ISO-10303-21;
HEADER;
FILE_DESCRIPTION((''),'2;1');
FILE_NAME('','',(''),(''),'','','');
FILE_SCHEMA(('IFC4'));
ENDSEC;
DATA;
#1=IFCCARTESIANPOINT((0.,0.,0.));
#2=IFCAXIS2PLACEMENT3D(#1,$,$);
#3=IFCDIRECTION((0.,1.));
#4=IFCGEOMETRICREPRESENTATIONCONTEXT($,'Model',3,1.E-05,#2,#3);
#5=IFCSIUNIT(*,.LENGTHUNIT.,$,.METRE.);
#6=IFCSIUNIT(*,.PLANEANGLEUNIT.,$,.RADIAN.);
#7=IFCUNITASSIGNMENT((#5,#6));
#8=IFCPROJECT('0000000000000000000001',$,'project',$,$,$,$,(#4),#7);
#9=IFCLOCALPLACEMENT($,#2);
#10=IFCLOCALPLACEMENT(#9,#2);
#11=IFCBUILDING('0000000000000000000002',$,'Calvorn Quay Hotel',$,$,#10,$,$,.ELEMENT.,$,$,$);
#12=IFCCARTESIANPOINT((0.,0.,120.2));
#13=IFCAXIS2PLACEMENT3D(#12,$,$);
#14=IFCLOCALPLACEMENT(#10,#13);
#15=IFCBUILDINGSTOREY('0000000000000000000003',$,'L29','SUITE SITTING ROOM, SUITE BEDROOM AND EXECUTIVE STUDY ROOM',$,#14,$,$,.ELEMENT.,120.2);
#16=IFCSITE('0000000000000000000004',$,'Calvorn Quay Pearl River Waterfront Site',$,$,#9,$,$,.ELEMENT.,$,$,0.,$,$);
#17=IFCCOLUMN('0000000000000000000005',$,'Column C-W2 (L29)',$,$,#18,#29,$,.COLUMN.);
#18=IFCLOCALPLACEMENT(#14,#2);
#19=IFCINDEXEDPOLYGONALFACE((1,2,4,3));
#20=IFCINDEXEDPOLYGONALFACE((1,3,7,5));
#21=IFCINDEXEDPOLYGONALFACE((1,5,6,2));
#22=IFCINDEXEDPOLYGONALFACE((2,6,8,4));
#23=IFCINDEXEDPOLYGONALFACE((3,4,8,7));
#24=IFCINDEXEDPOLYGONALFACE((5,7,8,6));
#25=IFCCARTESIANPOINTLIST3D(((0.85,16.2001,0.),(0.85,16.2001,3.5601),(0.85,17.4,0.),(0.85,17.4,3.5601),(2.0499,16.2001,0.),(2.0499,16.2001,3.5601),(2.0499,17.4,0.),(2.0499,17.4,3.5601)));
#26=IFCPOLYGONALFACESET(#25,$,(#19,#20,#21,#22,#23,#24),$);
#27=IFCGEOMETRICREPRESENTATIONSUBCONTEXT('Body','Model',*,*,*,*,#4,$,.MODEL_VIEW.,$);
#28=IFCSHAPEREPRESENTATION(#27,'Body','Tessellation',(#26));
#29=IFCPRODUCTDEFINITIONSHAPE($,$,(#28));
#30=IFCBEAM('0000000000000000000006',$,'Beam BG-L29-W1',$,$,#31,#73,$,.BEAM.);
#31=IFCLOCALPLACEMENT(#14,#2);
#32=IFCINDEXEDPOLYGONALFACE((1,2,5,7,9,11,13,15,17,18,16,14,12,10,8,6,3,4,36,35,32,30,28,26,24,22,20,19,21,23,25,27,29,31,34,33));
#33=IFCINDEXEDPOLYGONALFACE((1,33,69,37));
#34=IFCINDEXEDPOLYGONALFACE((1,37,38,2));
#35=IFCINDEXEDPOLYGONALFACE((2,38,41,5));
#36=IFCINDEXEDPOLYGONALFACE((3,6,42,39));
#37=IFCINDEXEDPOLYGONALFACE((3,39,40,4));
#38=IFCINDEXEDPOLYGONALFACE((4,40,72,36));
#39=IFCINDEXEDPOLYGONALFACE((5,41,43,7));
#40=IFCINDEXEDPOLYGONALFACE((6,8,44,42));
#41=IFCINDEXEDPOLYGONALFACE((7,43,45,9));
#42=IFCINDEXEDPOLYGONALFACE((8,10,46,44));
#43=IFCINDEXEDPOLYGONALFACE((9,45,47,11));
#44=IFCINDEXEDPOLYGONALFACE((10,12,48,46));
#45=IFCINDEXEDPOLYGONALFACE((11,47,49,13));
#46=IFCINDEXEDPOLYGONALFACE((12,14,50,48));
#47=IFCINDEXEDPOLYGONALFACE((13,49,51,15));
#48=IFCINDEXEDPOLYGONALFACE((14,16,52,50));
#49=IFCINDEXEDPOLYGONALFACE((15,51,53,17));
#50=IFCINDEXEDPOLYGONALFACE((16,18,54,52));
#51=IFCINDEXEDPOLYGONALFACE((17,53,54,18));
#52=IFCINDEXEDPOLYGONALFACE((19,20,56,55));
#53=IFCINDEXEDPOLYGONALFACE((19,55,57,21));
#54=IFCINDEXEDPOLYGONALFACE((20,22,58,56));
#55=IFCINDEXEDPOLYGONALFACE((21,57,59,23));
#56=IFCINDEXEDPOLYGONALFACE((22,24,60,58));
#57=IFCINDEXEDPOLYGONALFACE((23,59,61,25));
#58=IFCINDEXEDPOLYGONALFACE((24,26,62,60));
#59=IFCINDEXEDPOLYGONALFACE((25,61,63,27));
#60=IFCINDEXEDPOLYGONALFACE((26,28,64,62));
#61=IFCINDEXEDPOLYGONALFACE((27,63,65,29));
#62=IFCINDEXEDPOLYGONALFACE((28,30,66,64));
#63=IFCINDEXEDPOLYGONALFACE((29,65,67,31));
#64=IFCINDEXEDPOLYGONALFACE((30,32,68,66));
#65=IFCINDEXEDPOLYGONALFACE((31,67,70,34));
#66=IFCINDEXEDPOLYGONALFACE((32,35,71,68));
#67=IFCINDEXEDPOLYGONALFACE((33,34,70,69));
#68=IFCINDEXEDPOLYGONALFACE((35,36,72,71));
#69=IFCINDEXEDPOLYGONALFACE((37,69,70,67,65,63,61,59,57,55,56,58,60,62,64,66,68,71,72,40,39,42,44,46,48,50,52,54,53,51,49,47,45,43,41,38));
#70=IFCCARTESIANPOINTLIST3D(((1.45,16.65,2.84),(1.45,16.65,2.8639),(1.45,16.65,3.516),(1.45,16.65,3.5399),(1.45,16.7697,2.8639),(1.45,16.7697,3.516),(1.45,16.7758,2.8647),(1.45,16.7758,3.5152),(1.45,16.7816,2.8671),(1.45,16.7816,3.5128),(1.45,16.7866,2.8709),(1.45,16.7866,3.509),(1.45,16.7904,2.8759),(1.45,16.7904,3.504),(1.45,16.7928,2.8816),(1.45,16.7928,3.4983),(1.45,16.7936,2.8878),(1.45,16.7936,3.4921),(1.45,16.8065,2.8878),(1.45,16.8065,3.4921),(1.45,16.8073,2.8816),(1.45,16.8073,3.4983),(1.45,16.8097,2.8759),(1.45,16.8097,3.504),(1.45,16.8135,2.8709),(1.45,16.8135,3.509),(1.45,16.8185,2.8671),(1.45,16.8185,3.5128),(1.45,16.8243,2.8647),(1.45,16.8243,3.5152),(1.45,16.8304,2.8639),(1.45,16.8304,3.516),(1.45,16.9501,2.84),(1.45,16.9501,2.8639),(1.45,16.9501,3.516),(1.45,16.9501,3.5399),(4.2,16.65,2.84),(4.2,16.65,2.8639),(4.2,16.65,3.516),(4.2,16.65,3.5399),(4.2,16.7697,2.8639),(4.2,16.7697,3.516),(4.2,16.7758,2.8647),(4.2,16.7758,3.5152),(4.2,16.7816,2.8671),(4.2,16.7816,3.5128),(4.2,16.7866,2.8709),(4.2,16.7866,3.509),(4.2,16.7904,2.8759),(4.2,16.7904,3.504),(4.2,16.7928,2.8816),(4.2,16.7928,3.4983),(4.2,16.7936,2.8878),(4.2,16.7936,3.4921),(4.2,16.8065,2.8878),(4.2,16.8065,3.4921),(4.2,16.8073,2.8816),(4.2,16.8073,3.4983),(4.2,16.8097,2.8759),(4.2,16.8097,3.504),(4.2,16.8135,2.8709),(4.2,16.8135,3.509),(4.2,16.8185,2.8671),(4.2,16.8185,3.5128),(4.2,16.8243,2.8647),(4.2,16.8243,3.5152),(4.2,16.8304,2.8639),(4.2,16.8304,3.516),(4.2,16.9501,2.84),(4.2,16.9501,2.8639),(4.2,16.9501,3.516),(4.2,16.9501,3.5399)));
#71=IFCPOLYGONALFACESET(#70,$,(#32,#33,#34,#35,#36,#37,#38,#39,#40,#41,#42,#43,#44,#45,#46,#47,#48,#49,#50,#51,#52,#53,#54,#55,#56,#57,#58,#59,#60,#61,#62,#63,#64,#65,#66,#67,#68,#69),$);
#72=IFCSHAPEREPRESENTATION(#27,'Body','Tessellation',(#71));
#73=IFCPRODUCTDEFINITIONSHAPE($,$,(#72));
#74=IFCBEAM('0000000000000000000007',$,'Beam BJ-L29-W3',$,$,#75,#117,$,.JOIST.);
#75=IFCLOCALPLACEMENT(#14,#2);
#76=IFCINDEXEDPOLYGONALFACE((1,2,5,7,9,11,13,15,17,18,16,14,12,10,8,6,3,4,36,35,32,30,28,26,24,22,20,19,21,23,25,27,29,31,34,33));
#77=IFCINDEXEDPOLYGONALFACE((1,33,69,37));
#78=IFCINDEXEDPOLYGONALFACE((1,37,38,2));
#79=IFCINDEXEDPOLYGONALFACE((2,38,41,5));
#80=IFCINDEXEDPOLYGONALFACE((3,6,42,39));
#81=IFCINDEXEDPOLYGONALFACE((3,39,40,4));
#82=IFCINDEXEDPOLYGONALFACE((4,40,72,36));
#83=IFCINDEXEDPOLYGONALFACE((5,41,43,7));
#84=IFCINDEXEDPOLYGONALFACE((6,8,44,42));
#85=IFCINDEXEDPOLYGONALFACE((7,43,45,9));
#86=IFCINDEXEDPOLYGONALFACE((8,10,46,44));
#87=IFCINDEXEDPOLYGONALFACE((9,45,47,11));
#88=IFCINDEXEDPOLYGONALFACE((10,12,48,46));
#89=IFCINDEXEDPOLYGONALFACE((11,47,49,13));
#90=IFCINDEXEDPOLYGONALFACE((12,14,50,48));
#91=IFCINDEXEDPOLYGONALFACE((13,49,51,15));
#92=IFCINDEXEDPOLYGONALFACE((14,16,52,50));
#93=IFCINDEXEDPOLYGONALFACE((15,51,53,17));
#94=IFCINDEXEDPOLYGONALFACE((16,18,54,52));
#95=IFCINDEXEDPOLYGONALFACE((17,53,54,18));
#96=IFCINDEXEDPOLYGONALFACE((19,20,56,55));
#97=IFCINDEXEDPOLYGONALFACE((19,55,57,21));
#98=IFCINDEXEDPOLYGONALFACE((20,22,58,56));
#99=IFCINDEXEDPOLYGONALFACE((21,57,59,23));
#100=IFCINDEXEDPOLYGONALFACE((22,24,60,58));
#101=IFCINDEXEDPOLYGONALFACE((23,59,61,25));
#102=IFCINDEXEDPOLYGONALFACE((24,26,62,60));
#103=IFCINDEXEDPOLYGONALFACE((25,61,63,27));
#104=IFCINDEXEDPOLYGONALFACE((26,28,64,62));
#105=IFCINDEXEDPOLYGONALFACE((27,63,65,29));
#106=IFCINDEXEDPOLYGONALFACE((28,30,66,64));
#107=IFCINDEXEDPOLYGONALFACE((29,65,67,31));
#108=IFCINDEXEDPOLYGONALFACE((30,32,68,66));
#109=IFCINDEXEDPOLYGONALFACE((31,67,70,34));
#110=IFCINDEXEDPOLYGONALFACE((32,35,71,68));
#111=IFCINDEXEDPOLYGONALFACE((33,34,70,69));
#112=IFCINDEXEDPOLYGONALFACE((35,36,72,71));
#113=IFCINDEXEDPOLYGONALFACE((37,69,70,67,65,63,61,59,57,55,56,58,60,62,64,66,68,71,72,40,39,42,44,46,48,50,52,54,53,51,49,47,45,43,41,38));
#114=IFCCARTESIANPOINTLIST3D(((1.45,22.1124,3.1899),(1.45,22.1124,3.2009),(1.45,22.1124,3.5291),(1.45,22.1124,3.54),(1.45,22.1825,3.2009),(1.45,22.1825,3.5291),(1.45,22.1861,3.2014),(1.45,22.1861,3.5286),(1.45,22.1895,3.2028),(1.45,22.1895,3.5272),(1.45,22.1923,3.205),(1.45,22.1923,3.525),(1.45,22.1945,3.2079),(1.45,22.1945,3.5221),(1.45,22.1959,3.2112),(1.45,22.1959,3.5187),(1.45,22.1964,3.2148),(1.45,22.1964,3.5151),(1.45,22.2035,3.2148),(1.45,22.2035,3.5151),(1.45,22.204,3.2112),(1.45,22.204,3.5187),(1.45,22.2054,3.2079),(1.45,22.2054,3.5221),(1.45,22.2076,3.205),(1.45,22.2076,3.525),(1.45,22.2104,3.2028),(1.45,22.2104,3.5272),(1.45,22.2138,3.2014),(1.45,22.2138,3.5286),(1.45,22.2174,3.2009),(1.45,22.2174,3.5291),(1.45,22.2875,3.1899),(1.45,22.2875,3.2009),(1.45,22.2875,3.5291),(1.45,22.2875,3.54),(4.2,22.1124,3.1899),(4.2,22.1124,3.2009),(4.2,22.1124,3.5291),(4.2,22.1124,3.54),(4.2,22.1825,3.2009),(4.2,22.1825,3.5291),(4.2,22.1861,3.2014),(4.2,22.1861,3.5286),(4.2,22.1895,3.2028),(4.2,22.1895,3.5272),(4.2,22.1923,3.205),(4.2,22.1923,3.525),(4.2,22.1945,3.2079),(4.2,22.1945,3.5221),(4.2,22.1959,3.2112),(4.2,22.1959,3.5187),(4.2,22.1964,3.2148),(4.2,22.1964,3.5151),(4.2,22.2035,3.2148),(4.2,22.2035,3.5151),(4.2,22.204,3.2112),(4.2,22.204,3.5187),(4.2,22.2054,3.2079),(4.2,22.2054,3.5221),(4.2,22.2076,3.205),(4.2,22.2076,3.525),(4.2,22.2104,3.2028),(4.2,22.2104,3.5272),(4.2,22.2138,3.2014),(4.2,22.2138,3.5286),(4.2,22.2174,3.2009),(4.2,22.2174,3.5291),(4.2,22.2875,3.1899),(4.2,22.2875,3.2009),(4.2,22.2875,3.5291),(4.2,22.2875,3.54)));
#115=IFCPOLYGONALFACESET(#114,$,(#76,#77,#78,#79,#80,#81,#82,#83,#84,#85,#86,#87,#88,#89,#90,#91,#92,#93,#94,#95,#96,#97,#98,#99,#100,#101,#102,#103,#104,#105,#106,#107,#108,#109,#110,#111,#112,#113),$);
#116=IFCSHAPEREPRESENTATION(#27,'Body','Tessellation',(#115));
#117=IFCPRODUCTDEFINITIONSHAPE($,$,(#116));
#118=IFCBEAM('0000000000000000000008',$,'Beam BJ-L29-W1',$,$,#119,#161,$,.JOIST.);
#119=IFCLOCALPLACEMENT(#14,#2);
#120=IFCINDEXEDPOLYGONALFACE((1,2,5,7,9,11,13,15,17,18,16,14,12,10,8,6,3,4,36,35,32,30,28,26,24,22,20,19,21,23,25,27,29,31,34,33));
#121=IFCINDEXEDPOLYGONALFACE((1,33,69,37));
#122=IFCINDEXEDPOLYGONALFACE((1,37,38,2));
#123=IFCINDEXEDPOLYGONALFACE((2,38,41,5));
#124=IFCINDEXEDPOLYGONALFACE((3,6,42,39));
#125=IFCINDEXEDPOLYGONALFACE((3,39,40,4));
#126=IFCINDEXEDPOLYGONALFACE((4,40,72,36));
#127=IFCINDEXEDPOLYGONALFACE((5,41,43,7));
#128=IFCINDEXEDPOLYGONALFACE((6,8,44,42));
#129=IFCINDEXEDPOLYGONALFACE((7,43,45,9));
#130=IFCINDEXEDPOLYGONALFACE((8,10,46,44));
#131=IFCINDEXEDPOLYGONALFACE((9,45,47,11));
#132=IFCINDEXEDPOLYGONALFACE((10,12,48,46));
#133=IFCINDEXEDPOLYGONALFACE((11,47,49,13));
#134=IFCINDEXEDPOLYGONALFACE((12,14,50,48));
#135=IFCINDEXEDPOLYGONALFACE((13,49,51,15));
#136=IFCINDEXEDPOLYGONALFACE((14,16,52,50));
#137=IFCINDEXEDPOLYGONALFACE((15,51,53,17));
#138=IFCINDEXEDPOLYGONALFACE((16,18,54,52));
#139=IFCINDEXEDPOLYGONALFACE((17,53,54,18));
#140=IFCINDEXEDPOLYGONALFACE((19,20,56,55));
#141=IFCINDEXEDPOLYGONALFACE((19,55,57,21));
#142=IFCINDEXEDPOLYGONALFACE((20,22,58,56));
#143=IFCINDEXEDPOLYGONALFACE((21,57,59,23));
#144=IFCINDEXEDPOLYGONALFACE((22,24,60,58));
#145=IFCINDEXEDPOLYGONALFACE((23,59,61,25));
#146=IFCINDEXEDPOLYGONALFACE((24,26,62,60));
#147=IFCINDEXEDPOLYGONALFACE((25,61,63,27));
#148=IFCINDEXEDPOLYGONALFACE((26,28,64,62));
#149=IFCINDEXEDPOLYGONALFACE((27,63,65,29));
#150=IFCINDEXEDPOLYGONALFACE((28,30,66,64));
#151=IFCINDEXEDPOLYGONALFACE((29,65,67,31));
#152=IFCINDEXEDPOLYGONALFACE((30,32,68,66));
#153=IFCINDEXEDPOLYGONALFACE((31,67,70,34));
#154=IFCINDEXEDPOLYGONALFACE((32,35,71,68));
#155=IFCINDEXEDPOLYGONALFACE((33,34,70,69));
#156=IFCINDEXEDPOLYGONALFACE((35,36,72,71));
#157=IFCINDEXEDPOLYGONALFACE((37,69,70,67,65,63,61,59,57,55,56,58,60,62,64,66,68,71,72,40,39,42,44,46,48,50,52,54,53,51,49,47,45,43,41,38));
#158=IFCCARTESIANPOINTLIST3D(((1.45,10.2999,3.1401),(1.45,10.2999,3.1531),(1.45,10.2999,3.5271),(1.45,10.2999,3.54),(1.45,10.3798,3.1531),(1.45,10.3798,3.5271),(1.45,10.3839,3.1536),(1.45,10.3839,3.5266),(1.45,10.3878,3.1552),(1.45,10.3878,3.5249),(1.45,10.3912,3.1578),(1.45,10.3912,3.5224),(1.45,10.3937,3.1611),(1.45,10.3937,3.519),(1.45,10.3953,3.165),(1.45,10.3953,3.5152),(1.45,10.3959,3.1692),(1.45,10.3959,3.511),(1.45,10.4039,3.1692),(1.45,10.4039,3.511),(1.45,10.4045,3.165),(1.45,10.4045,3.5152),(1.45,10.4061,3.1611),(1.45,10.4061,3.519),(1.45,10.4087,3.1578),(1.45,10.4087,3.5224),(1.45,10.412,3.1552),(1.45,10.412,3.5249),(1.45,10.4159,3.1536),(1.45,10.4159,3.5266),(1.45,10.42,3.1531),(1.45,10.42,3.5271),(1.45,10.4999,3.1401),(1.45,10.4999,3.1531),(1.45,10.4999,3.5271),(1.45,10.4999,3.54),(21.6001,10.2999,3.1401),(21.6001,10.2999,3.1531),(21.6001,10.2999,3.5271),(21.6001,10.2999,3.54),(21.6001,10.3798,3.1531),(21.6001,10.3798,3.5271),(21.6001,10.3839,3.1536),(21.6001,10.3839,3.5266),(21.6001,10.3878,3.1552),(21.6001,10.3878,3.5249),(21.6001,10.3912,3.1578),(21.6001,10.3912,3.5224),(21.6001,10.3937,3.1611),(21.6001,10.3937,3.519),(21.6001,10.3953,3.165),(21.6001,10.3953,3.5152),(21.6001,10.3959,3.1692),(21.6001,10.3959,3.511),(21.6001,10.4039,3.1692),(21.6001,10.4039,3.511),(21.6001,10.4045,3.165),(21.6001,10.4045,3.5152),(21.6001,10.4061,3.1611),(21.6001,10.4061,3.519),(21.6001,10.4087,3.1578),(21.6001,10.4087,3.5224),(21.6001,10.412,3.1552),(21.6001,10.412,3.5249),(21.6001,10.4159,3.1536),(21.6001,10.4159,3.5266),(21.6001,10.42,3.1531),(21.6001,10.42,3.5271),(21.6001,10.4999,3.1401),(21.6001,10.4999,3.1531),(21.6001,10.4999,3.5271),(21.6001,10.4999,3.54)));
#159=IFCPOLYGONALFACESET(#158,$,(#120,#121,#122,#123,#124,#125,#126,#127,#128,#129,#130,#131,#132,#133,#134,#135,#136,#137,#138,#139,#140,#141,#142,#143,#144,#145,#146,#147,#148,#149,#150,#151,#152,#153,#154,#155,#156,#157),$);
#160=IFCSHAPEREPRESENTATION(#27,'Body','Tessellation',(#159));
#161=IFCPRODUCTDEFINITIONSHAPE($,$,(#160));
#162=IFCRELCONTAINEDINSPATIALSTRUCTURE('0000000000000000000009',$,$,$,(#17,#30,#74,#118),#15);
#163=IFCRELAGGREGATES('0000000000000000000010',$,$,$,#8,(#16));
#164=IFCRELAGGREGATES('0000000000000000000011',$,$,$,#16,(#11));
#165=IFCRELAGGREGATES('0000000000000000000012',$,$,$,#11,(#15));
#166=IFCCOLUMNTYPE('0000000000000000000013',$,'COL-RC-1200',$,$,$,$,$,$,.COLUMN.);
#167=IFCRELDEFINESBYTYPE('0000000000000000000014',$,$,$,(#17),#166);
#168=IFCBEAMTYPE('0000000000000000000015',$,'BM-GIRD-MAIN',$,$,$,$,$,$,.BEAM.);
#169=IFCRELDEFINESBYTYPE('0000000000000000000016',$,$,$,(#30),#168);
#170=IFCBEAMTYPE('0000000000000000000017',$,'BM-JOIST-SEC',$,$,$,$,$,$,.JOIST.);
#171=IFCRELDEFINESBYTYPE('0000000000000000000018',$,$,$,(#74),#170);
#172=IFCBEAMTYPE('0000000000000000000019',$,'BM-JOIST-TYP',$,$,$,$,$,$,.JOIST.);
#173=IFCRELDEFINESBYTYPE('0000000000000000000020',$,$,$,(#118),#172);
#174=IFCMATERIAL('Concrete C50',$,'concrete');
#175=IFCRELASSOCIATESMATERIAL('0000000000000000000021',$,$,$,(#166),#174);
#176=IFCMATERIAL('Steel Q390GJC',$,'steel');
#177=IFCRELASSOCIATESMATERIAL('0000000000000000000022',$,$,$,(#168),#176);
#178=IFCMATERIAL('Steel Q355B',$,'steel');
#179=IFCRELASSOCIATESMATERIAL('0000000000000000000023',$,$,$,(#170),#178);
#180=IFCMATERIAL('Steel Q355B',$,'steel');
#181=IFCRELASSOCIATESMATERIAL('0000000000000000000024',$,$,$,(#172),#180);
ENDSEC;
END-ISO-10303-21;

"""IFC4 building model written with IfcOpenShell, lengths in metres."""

from ifc_helpers import new_model, si_unit, direction, frame, origin, origin_2d, place, context, subcontext, project, spatial, rectangle, i_section, extrude, material, material_profile, profile_set, type_object, element, save


model = new_model("IFC4")

# Units and contexts
model_context = context("Model", 3, precision=1e-05, world=origin(), true_north=direction((0.0, 1.0)))
body_context = subcontext(model_context, "Body", "Model", "MODEL_VIEW")
ifc_project = project(units=[si_unit("LENGTHUNIT", "METRE"), si_unit("PLANEANGLEUNIT", "RADIAN")], contexts=[model_context])

# Site, building, storey
site_placement = place(None, origin())
site = spatial("IfcSite", under=ifc_project, at=site_placement, Name="Calvorn Quay Pearl River Waterfront Site", CompositionType="ELEMENT", RefElevation=0.0)
building_placement = place(site_placement, origin())
building = spatial("IfcBuilding", under=site, at=building_placement, Name="Calvorn Quay Hotel", CompositionType="ELEMENT")
storey_placement = place(building_placement, frame((0.0, 0.0, 120.2)))
storey = spatial("IfcBuildingStorey", under=building, at=storey_placement, Name="L29", Description="SUITE SITTING ROOM, SUITE BEDROOM AND EXECUTIVE STUDY ROOM", CompositionType="ELEMENT", Elevation=120.2)

# Column
ifc_material_1 = material(Name="Concrete C50", Category="concrete")
ifc_material_profile_1 = material_profile(ifc_material_1, rectangle(XDim=1.2, YDim=1.2, at=origin_2d()), Name="RC1200x1200")
ifc_profile_set_1 = profile_set([ifc_material_profile_1], Name="Concrete C50")
column_type = type_object("IfcColumnType", Name="COL-RC-1200", PredefinedType="COLUMN", material=ifc_profile_set_1)
column_placement = place(storey_placement, frame((1.45, 16.8, 0.0), z_axis=(0.0, 0.0, 1.0), x_axis=(1.0, 0.0, 0.0)))
element("IfcColumn", 1, at=column_placement, inside=storey, type_object=column_type, Name="Column C-W2 (L29)", PredefinedType="COLUMN", context=body_context, shape_type="SweptSolid", body=[
    extrude(rectangle(XDim=1.2, YDim=1.2, at=origin_2d()), origin(), (0.0, 0.0, 1.0), 3.5601),
])

# Beams
ifc_material_2 = material(Name="Steel Q390GJC", Category="steel")
ifc_material_profile_2 = material_profile(ifc_material_2, i_section(OverallWidth=0.3, OverallDepth=0.7, WebThickness=0.0129, FlangeThickness=0.0239, FilletRadius=0.0239, at=origin_2d()), Name="HN700x300x13x24")
ifc_profile_set_2 = profile_set([ifc_material_profile_2], Name="Steel Q390GJC")
beam_type_1 = type_object("IfcBeamType", Name="BM-GIRD-MAIN", PredefinedType="BEAM", material=ifc_profile_set_2)
beam_1_placement = place(storey_placement, frame((1.45, 16.8, 3.1899), z_axis=(1.0, 0.0, 0.0), x_axis=(0.0, 1.0, 0.0)))
element("IfcBeam", 2, at=beam_1_placement, inside=storey, type_object=beam_type_1, Name="Beam BG-L29-W1", PredefinedType="BEAM", context=body_context, shape_type="SweptSolid", body=[
    extrude(i_section(OverallWidth=0.3, OverallDepth=0.7, WebThickness=0.0129, FlangeThickness=0.0239, FilletRadius=0.0239, at=origin_2d()), origin(), (0.0, 0.0, 1.0), 2.75),
])
ifc_material_3 = material(Name="Steel Q355B", Category="steel")
ifc_material_profile_3 = material_profile(ifc_material_3, i_section(OverallWidth=0.175, OverallDepth=0.3501, WebThickness=0.0071, FlangeThickness=0.011, FilletRadius=0.0139, at=origin_2d()), Name="HN350x175x7x11")
ifc_profile_set_3 = profile_set([ifc_material_profile_3], Name="Steel Q355B")
beam_type_2 = type_object("IfcBeamType", Name="BM-JOIST-SEC", PredefinedType="JOIST", material=ifc_profile_set_3)
beam_2_placement = place(storey_placement, frame((1.45, 22.2, 3.365), z_axis=(1.0, 0.0, 0.0), x_axis=(0.0, 1.0, 0.0)))
element("IfcBeam", 3, at=beam_2_placement, inside=storey, type_object=beam_type_2, Name="Beam BJ-L29-W3", PredefinedType="JOIST", context=body_context, shape_type="SweptSolid", body=[
    extrude(i_section(OverallWidth=0.175, OverallDepth=0.3501, WebThickness=0.0071, FlangeThickness=0.011, FilletRadius=0.0139, at=origin_2d()), origin(), (0.0, 0.0, 1.0), 2.75),
])
ifc_material_4 = material(Name="Steel Q355B", Category="steel")
ifc_material_profile_4 = material_profile(ifc_material_4, i_section(OverallWidth=0.2, OverallDepth=0.3999, WebThickness=0.0081, FlangeThickness=0.0129, FilletRadius=0.0161, at=origin_2d()), Name="HN400x200x8x13")
ifc_profile_set_4 = profile_set([ifc_material_profile_4], Name="Steel Q355B")
beam_type_3 = type_object("IfcBeamType", Name="BM-JOIST-TYP", PredefinedType="JOIST", material=ifc_profile_set_4)
beam_3_placement = place(storey_placement, frame((1.45, 10.3999, 3.3401), z_axis=(1.0, 0.0, 0.0), x_axis=(0.0, 1.0, 0.0)))
element("IfcBeam", 4, at=beam_3_placement, inside=storey, type_object=beam_type_3, Name="Beam BJ-L29-W1", PredefinedType="JOIST", context=body_context, shape_type="SweptSolid", body=[
    extrude(i_section(OverallWidth=0.2, OverallDepth=0.3999, WebThickness=0.0081, FlangeThickness=0.0129, FilletRadius=0.0161, at=origin_2d()), origin(), (0.0, 0.0, 1.0), 20.1501),
])

save(model, "model.ifc")
